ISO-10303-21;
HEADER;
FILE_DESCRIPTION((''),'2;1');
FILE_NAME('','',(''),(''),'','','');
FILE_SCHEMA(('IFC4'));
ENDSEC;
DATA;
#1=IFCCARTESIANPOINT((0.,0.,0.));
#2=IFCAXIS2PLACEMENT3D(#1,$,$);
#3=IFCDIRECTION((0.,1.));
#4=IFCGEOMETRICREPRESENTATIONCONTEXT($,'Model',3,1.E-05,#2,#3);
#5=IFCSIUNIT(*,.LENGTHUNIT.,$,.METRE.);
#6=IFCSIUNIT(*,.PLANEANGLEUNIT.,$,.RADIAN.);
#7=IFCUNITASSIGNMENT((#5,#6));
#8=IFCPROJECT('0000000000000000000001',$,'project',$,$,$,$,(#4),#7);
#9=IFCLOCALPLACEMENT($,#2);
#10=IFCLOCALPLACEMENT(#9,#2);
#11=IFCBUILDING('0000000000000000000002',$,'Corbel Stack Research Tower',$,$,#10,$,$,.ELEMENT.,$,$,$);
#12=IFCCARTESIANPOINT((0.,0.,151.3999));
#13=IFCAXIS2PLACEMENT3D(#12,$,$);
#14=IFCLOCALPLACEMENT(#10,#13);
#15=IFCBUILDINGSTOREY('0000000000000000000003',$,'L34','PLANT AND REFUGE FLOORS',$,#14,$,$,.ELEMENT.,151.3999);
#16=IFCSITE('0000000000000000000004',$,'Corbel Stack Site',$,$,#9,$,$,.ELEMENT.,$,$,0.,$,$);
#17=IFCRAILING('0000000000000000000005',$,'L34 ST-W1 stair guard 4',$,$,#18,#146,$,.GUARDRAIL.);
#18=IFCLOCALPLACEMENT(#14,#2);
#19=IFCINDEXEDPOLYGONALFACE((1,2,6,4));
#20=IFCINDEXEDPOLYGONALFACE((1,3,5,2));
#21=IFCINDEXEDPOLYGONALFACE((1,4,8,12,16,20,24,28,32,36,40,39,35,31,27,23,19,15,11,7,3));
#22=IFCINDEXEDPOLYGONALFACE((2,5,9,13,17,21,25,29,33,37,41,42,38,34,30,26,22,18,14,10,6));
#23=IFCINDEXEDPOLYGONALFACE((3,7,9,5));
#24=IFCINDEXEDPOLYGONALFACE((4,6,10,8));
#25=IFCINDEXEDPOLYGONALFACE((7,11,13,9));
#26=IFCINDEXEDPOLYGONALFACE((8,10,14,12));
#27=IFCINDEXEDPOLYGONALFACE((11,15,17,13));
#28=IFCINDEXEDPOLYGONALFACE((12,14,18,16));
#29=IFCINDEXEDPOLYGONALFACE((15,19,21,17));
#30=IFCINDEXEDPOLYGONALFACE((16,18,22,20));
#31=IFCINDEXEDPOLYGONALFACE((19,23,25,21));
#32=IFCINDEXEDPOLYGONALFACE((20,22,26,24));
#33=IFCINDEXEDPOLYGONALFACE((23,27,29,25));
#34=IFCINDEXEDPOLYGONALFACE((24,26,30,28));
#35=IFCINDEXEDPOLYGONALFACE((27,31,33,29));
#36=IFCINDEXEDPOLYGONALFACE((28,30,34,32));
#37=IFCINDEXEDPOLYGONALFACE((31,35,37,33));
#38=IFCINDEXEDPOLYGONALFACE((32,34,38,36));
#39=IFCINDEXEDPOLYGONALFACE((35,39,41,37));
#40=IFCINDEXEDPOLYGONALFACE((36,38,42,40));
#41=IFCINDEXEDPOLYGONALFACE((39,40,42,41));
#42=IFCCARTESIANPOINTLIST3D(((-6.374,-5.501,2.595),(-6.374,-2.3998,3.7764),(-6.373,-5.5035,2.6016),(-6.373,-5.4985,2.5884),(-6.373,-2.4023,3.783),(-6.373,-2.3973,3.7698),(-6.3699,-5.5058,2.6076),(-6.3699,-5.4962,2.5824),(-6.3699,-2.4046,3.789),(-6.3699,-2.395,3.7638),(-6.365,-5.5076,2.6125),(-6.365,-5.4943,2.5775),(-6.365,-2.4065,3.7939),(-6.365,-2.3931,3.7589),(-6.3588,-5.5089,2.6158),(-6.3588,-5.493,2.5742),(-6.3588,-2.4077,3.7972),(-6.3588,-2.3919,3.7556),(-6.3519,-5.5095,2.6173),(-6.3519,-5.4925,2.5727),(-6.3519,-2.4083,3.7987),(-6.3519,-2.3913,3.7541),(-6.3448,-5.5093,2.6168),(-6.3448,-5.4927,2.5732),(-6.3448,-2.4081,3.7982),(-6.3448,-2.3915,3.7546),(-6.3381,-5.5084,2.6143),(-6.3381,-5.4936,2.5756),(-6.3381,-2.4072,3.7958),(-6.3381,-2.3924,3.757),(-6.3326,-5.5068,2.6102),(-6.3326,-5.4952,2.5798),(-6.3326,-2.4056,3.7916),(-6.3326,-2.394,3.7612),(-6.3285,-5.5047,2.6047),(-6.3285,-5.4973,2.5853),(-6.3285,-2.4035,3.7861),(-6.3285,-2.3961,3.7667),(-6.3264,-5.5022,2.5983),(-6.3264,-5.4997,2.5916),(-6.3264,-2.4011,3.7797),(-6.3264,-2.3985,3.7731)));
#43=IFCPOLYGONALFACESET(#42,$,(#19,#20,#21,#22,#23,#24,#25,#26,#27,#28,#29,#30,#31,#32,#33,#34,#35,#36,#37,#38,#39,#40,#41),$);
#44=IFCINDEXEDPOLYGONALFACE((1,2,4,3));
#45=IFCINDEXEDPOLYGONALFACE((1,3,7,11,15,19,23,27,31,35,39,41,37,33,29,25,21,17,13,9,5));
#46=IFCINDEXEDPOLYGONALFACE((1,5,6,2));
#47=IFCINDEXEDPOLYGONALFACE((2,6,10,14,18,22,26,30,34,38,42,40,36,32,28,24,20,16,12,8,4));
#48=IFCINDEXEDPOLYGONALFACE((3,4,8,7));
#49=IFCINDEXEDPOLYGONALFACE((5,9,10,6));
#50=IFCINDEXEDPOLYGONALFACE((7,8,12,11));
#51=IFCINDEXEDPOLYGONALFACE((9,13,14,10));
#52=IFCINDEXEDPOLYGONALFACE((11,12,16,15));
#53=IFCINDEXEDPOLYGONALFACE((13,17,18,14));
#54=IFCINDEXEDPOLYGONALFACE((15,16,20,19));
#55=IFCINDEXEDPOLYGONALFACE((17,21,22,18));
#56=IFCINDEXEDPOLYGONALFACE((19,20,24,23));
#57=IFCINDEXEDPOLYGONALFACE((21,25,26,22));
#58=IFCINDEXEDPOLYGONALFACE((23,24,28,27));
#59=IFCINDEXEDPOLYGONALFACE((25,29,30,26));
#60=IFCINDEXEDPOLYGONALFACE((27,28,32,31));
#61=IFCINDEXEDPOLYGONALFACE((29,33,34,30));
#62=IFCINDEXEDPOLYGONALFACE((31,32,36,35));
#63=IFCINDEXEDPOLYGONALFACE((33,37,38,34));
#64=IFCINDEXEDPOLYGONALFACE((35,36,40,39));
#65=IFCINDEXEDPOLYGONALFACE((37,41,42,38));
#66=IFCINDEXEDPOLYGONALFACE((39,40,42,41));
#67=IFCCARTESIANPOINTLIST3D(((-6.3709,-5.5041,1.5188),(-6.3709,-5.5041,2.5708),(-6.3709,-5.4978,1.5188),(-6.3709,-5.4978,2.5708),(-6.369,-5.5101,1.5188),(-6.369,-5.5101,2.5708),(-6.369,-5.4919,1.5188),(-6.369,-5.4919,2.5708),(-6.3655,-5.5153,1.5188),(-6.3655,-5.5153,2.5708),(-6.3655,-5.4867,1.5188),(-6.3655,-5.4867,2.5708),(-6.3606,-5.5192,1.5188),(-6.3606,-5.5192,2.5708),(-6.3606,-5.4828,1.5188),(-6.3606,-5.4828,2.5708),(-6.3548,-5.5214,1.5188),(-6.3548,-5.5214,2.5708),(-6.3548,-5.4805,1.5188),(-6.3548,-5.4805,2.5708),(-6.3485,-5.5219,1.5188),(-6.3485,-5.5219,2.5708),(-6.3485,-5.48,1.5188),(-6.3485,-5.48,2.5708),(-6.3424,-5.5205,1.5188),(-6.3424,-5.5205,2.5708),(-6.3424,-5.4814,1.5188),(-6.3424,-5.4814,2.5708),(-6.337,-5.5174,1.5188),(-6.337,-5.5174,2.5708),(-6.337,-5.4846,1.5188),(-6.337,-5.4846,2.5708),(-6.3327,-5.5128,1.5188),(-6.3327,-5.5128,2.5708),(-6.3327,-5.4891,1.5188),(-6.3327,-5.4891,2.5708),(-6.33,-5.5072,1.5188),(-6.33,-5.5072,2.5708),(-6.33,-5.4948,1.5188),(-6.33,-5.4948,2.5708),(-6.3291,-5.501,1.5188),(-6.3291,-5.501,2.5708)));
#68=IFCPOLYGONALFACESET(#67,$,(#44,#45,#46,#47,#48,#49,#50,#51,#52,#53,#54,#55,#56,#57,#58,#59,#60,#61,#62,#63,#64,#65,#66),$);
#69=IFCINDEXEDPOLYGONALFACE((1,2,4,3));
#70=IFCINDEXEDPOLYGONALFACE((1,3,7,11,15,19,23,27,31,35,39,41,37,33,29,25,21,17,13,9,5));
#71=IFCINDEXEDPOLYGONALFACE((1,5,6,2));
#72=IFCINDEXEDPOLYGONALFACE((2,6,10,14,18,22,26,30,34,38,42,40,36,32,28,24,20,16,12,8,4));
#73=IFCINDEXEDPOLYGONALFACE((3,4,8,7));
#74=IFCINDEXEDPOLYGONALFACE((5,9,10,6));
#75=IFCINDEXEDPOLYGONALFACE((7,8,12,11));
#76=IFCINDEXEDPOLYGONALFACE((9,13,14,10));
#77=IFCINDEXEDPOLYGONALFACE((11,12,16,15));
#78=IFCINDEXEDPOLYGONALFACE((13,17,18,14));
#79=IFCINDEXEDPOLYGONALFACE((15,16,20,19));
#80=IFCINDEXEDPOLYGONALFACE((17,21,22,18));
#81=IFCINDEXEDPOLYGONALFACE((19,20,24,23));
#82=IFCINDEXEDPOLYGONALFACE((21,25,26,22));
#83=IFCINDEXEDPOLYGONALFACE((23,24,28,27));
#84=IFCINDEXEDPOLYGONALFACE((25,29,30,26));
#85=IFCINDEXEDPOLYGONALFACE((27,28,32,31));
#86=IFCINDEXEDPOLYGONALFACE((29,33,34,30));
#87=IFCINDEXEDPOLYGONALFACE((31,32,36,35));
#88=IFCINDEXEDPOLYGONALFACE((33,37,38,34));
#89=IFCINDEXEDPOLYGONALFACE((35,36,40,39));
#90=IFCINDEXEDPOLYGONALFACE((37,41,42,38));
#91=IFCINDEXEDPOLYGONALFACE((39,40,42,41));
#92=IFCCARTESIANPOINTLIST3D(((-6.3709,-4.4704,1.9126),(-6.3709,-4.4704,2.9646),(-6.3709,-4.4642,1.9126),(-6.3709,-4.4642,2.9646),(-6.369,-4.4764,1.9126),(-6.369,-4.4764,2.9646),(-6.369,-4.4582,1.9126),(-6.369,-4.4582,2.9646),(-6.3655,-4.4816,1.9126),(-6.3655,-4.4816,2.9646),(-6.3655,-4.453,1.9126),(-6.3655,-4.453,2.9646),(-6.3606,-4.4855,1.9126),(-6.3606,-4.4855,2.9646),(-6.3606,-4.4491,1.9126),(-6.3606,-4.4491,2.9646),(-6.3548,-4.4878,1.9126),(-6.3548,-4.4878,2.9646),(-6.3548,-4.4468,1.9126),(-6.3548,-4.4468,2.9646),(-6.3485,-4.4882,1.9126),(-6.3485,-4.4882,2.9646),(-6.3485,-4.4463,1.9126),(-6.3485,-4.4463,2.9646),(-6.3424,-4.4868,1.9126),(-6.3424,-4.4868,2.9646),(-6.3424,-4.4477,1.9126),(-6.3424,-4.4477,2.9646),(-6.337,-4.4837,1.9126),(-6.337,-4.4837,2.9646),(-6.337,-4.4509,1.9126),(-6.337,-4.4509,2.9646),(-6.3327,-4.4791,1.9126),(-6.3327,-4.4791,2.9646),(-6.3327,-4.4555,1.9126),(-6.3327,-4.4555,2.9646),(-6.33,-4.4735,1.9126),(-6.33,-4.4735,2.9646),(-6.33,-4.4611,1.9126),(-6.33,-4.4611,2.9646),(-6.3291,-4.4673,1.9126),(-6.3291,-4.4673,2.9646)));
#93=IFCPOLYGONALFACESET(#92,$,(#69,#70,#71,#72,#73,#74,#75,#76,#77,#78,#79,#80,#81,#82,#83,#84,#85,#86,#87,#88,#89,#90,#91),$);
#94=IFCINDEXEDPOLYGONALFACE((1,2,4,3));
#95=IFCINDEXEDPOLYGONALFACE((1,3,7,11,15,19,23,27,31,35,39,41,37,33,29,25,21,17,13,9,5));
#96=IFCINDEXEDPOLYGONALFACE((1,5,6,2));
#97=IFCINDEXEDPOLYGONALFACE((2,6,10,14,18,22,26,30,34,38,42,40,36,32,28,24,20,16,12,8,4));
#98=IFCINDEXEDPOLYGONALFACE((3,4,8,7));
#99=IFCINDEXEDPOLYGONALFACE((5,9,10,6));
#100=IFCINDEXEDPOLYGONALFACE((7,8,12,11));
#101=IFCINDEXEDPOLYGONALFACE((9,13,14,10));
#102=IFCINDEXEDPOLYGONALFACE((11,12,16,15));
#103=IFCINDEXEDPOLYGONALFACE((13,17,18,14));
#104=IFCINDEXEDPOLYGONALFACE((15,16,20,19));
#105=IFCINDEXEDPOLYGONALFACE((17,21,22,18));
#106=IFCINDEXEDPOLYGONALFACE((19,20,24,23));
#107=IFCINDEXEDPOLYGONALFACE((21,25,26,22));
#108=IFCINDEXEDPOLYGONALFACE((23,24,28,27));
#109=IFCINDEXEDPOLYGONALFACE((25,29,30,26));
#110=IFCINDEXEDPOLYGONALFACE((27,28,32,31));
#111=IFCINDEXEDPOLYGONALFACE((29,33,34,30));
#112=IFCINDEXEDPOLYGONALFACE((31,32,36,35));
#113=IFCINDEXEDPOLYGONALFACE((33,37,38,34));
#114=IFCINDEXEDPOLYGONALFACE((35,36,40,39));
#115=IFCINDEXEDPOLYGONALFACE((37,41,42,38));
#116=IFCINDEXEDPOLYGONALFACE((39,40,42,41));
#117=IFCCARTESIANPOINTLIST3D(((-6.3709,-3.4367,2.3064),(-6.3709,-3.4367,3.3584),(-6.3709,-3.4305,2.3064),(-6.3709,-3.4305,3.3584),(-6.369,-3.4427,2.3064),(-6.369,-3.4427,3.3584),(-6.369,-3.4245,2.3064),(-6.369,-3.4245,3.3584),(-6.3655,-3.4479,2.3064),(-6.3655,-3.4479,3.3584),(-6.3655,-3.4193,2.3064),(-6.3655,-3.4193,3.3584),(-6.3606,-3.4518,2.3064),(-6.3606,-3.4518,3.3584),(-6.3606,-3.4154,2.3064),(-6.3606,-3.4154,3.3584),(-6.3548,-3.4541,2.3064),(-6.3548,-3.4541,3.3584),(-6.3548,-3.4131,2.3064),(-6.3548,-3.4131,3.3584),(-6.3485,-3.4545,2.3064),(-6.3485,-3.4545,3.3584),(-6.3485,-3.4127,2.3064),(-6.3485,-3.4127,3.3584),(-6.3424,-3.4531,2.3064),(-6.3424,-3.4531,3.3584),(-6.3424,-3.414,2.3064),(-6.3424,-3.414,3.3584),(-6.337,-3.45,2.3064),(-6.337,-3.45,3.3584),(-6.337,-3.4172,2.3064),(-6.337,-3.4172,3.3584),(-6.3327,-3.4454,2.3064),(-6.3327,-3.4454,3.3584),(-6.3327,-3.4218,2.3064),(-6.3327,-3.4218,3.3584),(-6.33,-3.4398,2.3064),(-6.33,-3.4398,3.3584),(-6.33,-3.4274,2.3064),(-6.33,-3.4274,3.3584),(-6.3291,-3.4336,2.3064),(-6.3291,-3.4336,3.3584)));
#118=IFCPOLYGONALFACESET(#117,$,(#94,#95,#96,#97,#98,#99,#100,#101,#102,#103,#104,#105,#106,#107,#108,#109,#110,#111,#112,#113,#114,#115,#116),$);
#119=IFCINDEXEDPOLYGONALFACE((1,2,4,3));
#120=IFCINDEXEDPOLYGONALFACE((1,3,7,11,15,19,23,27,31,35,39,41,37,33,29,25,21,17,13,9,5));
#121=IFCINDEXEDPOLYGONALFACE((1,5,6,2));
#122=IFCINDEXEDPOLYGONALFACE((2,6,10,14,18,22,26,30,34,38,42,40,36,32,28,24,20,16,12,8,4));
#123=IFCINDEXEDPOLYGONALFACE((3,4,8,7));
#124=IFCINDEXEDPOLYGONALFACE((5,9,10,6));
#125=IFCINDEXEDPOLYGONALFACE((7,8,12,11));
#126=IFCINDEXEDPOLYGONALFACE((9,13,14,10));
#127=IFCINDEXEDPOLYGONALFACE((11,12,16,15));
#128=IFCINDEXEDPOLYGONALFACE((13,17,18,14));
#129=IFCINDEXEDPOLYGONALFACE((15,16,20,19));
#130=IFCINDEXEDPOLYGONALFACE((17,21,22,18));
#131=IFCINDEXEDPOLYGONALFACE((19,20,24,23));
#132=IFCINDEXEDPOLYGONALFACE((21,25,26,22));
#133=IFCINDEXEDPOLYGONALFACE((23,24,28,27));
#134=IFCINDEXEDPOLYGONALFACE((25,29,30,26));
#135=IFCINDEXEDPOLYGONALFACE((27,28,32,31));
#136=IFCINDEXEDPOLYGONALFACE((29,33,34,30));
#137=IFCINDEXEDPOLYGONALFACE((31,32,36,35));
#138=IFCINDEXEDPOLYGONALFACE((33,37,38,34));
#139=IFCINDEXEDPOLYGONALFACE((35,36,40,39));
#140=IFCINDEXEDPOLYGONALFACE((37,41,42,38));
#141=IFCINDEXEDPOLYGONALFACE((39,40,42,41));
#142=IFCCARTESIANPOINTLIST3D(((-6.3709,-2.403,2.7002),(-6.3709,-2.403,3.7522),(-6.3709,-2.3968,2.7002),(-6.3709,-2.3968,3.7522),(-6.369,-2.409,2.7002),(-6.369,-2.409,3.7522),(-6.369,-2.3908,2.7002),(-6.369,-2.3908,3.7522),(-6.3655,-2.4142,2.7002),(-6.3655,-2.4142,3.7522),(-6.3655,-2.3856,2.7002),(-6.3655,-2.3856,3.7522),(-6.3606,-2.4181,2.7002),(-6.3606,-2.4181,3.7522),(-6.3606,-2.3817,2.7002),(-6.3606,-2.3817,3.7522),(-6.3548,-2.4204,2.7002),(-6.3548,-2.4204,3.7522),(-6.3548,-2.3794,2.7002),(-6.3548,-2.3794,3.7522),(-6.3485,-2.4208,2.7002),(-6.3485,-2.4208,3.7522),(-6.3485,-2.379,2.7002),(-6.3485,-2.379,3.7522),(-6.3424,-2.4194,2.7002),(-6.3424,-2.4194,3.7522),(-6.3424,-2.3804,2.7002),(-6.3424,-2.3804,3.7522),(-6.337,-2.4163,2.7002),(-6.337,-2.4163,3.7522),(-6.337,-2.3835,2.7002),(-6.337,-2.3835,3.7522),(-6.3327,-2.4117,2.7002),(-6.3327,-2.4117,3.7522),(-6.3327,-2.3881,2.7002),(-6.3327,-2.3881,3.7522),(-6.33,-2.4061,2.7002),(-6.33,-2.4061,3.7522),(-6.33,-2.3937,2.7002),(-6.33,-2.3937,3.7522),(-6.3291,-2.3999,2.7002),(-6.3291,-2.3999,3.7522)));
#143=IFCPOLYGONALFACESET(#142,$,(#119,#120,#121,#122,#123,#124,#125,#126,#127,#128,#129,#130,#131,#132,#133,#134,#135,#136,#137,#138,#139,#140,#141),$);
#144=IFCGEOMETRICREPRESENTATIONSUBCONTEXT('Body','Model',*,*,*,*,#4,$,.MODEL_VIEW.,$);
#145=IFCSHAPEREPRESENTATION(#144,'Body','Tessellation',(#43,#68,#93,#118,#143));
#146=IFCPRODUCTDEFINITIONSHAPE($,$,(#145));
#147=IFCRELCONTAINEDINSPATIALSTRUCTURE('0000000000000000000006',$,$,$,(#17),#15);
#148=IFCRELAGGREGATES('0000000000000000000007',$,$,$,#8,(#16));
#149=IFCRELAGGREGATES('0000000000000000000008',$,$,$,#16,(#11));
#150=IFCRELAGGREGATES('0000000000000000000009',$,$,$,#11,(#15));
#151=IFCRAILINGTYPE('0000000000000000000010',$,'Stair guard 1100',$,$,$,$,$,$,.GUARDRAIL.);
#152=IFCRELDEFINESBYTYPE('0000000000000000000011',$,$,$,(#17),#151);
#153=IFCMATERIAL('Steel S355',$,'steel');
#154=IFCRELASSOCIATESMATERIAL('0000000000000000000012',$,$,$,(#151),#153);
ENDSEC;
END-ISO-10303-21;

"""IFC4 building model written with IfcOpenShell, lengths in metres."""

from ifc_helpers import new_model, si_unit, direction, frame, origin, origin_2d, place, context, subcontext, project, spatial, circle, extrude, material, type_object, element, save


model = new_model("IFC4")

# Units and contexts
model_context = context("Model", 3, precision=1e-05, world=origin(), true_north=direction((0.0, 1.0)))
body_context = subcontext(model_context, "Body", "Model", "MODEL_VIEW")
ifc_project = project(units=[si_unit("LENGTHUNIT", "METRE"), si_unit("PLANEANGLEUNIT", "RADIAN")], contexts=[model_context])

# Site, building, storey
site_placement = place(None, origin())
site = spatial("IfcSite", under=ifc_project, at=site_placement, Name="Corbel Stack Site", CompositionType="ELEMENT", RefElevation=0.0)
building_placement = place(site_placement, origin())
building = spatial("IfcBuilding", under=site, at=building_placement, Name="Corbel Stack Research Tower", CompositionType="ELEMENT")
storey_placement = place(building_placement, frame((0.0, 0.0, 151.3999)))
storey = spatial("IfcBuildingStorey", under=building, at=storey_placement, Name="L34", Description="PLANT AND REFUGE FLOORS", CompositionType="ELEMENT", Elevation=151.3999)

# Railing
ifc_material_1 = material(Name="Steel S355", Category="steel")
railing_type_1 = type_object("IfcRailingType", Name="Stair guard 1100", PredefinedType="GUARDRAIL", material=ifc_material_1)
railing_1_placement = place(storey_placement, frame((-6.3501, -5.501, 1.5188)))
element("IfcRailing", 1, at=railing_1_placement, inside=storey, type_object=railing_type_1, Name="L34 ST-W1 stair guard 4", PredefinedType="GUARDRAIL", context=body_context, shape_type="SweptSolid", body=[
    extrude(circle(Radius=0.0239, at=origin_2d()), frame((0.0, 0.0, 1.0762), z_axis=(0.0, 0.934484, 0.356005), x_axis=(-1.0, 0.0, 0.0)), (0.0, 0.0, 1.0), 3.3186),
    extrude(circle(Radius=0.021, at=origin_2d()), origin(), (0.0, 0.0, 1.0), 1.052),
    extrude(circle(Radius=0.021, at=origin_2d()), frame((0.0, 1.0337, 0.3938)), (0.0, 0.0, 1.0), 1.052),
    extrude(circle(Radius=0.021, at=origin_2d()), frame((0.0, 2.0674, 0.7876)), (0.0, 0.0, 1.0), 1.052),
    extrude(circle(Radius=0.021, at=origin_2d()), frame((0.0, 3.1011, 1.1814)), (0.0, 0.0, 1.0), 1.052),
])

save(model, "model.ifc")
